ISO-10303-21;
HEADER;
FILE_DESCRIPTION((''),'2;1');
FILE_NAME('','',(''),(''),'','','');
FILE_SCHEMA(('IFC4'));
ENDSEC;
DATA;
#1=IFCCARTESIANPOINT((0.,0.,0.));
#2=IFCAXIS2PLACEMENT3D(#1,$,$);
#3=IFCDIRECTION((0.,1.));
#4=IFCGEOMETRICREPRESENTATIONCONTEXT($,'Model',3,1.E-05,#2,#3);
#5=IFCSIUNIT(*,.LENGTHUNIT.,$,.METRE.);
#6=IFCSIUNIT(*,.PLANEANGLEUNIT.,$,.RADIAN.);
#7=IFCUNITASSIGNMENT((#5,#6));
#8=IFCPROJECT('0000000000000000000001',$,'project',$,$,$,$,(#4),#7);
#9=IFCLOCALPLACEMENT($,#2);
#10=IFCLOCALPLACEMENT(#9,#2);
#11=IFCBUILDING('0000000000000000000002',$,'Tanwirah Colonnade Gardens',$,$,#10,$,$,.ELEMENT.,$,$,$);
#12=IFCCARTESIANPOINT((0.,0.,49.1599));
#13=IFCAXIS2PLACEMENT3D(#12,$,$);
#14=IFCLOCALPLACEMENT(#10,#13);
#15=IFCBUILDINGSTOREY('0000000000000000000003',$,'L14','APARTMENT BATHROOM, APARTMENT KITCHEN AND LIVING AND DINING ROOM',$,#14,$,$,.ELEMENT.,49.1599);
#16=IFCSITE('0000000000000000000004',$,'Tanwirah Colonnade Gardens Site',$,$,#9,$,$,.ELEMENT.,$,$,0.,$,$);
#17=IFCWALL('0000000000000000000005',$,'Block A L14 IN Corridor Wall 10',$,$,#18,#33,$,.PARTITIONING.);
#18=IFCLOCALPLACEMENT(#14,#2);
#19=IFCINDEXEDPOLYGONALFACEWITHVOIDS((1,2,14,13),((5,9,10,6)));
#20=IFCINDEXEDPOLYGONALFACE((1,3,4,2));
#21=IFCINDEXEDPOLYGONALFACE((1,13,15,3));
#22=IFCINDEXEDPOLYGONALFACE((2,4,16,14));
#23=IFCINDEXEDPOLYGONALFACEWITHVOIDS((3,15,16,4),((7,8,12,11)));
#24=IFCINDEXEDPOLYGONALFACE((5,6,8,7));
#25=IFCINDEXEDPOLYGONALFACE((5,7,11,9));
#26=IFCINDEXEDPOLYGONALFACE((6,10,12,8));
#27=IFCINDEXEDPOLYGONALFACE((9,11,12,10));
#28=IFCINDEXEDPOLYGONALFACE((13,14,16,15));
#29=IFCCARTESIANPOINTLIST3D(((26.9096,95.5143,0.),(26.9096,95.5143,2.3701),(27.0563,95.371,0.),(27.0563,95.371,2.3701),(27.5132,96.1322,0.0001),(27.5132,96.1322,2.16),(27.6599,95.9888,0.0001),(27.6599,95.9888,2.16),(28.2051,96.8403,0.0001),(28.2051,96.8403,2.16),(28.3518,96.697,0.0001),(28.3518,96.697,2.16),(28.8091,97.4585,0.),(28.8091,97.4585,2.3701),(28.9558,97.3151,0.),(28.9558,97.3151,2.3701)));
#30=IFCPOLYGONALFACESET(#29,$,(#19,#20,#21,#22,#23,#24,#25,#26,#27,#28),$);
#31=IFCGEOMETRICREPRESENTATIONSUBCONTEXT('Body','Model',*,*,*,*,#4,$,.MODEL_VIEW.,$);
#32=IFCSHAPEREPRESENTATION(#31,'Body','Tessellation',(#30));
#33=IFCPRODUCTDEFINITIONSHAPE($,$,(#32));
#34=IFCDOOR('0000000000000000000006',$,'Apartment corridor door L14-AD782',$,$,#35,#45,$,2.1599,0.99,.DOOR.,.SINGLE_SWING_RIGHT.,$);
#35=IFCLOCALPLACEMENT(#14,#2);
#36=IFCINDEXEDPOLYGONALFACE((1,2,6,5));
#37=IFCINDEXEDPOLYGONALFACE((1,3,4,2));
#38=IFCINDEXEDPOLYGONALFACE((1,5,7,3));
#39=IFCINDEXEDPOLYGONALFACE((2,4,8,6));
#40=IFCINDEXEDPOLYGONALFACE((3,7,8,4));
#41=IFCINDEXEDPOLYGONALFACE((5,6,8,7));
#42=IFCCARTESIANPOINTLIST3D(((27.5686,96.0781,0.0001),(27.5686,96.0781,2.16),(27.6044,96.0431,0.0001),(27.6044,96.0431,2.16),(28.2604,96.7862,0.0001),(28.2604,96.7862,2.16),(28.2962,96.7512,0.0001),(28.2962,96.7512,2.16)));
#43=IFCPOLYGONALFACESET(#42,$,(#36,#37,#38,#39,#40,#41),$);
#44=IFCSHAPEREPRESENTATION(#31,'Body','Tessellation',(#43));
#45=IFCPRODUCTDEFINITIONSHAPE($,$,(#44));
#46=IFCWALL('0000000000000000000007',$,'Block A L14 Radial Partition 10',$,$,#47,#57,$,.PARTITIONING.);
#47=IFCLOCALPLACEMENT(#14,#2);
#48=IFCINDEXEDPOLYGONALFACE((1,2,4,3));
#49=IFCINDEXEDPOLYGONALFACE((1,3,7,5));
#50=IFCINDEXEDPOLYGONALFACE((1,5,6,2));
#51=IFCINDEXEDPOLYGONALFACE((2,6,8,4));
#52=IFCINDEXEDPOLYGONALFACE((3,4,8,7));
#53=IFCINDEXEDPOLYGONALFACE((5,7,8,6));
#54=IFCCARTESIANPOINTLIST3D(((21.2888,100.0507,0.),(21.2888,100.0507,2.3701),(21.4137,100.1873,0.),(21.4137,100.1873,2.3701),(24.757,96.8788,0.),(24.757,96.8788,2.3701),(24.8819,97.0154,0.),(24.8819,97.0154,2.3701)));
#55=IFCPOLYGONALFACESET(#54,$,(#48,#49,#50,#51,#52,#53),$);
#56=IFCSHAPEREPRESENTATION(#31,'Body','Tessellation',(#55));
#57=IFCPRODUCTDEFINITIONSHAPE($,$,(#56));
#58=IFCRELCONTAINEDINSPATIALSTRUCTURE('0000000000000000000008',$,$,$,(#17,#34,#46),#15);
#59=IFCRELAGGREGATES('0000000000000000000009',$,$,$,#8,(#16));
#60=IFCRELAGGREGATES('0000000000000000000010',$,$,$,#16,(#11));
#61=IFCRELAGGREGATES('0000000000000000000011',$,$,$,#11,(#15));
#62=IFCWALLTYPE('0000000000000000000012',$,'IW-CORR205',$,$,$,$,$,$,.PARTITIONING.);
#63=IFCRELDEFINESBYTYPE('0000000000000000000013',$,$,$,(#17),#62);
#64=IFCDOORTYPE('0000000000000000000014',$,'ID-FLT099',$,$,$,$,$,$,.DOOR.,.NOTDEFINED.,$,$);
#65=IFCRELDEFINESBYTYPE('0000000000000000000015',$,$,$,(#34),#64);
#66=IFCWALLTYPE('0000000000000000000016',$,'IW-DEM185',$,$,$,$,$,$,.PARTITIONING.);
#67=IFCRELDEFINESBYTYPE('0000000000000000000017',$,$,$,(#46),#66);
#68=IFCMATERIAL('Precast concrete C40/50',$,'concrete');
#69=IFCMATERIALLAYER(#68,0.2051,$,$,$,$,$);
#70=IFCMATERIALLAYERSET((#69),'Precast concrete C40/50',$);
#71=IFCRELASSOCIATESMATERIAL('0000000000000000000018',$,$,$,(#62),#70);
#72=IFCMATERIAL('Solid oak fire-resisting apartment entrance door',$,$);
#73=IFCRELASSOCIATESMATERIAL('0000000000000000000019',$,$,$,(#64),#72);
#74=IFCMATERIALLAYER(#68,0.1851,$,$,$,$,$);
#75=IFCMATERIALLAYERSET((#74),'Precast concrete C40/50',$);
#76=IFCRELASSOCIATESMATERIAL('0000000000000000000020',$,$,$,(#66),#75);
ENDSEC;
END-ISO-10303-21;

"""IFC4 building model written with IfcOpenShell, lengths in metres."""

from ifc_helpers import new_model, si_unit, direction, frame, frame_2d, origin, place, context, subcontext, project, spatial, rectangle, extrude, material, layer, layer_set, type_object, element, fill, save


model = new_model("IFC4")

# Units and contexts
model_context = context("Model", 3, precision=1e-05, world=origin(), true_north=direction((0.0, 1.0)))
body_context = subcontext(model_context, "Body", "Model", "MODEL_VIEW")
ifc_project = project(units=[si_unit("LENGTHUNIT", "METRE"), si_unit("PLANEANGLEUNIT", "RADIAN")], contexts=[model_context])

# Site, building, storey
site_placement = place(None, origin())
site = spatial("IfcSite", under=ifc_project, at=site_placement, Name="Tanwirah Colonnade Gardens Site", CompositionType="ELEMENT", RefElevation=0.0)
building_placement = place(site_placement, origin())
building = spatial("IfcBuilding", under=site, at=building_placement, Name="Tanwirah Colonnade Gardens", CompositionType="ELEMENT")
storey_placement = place(building_placement, frame((0.0, 0.0, 49.1599)))
storey = spatial("IfcBuildingStorey", under=building, at=storey_placement, Name="L14", Description="APARTMENT BATHROOM, APARTMENT KITCHEN AND LIVING AND DINING ROOM", CompositionType="ELEMENT", Elevation=49.1599)

# Shared definitions
ifc_material_1 = material(Name="Precast concrete C40/50", Category="concrete")

# Wall, opening, door
ifc_layer_1 = layer(ifc_material_1, 0.2051)
ifc_layer_set_1 = layer_set([ifc_layer_1], Name="Precast concrete C40/50")
wall_type_1 = type_object("IfcWallType", Name="IW-CORR205", PredefinedType="PARTITIONING", material=ifc_layer_set_1)
ifc_material_2 = material(Name="Solid oak fire-resisting apartment entrance door")
door_type_1 = type_object("IfcDoorType", Name="ID-FLT099", OperationType="NOTDEFINED", PredefinedType="DOOR", material=ifc_material_2)
wall_1_placement = place(storey_placement, frame((28.8823, 97.3867, 0.0), z_axis=(0.0, 0.0, 1.0), x_axis=(-0.69884, -0.715278, 0.0)))
wall_1 = element("IfcWall", 1, at=wall_1_placement, inside=storey, type_object=wall_type_1, Name="Block A L14 IN Corridor Wall 10", PredefinedType="PARTITIONING", context=body_context, shape_type="SweptSolid", body=[
    extrude(rectangle(XDim=2.718, YDim=0.2051, at=frame_2d((1.3589, 0.0))), origin(), (0.0, 0.0, 1.0), 2.3701),
])
opening_1_placement = place(wall_1_placement, frame((0.864, 0.0, 0.0)))
opening_1 = element("IfcOpeningElement", 2, at=opening_1_placement, cuts=wall_1, PredefinedType="OPENING", context=body_context, shape_type="SweptSolid", body=[
    extrude(rectangle(XDim=0.99, YDim=2.1599, at=frame_2d((0.4951, 1.0801))), frame((0.0, 0.1125, 0.0), z_axis=(0.0, -1.0, 0.0), x_axis=(1.0, 0.0, 0.0)), (0.0, 0.0, 1.0), 0.2251),
])
door_1_placement = place(opening_1_placement, origin())
door_1 = element("IfcDoor", 3, at=door_1_placement, inside=storey, type_object=door_type_1, Name="Apartment corridor door L14-AD782", OperationType="SINGLE_SWING_RIGHT", OverallHeight=2.1599, OverallWidth=0.99, PredefinedType="DOOR", context=body_context, shape_type="SweptSolid", body=[
    extrude(rectangle(XDim=0.99, YDim=2.1599, at=frame_2d((0.4951, 1.0801))), frame((0.0, 0.0249, 0.0), z_axis=(0.0, -1.0, 0.0), x_axis=(1.0, 0.0, 0.0)), (0.0, 0.0, 1.0), 0.05),
])
fill(opening_1, door_1)

# Wall
ifc_layer_2 = layer(ifc_material_1, 0.1851)
ifc_layer_set_2 = layer_set([ifc_layer_2], Name="Precast concrete C40/50")
wall_type_2 = type_object("IfcWallType", Name="IW-DEM185", PredefinedType="PARTITIONING", material=ifc_layer_set_2)
wall_2_placement = place(storey_placement, frame((24.8196, 96.947, 0.0), z_axis=(0.0, 0.0, 1.0), x_axis=(-0.737934, 0.674873, 0.0)))
element("IfcWall", 4, at=wall_2_placement, inside=storey, type_object=wall_type_2, Name="Block A L14 Radial Partition 10", PredefinedType="PARTITIONING", context=body_context, shape_type="SweptSolid", body=[
    extrude(rectangle(XDim=4.7, YDim=0.1851, at=frame_2d((2.3501, 0.0))), origin(), (0.0, 0.0, 1.0), 2.3701),
])

save(model, "model.ifc")
